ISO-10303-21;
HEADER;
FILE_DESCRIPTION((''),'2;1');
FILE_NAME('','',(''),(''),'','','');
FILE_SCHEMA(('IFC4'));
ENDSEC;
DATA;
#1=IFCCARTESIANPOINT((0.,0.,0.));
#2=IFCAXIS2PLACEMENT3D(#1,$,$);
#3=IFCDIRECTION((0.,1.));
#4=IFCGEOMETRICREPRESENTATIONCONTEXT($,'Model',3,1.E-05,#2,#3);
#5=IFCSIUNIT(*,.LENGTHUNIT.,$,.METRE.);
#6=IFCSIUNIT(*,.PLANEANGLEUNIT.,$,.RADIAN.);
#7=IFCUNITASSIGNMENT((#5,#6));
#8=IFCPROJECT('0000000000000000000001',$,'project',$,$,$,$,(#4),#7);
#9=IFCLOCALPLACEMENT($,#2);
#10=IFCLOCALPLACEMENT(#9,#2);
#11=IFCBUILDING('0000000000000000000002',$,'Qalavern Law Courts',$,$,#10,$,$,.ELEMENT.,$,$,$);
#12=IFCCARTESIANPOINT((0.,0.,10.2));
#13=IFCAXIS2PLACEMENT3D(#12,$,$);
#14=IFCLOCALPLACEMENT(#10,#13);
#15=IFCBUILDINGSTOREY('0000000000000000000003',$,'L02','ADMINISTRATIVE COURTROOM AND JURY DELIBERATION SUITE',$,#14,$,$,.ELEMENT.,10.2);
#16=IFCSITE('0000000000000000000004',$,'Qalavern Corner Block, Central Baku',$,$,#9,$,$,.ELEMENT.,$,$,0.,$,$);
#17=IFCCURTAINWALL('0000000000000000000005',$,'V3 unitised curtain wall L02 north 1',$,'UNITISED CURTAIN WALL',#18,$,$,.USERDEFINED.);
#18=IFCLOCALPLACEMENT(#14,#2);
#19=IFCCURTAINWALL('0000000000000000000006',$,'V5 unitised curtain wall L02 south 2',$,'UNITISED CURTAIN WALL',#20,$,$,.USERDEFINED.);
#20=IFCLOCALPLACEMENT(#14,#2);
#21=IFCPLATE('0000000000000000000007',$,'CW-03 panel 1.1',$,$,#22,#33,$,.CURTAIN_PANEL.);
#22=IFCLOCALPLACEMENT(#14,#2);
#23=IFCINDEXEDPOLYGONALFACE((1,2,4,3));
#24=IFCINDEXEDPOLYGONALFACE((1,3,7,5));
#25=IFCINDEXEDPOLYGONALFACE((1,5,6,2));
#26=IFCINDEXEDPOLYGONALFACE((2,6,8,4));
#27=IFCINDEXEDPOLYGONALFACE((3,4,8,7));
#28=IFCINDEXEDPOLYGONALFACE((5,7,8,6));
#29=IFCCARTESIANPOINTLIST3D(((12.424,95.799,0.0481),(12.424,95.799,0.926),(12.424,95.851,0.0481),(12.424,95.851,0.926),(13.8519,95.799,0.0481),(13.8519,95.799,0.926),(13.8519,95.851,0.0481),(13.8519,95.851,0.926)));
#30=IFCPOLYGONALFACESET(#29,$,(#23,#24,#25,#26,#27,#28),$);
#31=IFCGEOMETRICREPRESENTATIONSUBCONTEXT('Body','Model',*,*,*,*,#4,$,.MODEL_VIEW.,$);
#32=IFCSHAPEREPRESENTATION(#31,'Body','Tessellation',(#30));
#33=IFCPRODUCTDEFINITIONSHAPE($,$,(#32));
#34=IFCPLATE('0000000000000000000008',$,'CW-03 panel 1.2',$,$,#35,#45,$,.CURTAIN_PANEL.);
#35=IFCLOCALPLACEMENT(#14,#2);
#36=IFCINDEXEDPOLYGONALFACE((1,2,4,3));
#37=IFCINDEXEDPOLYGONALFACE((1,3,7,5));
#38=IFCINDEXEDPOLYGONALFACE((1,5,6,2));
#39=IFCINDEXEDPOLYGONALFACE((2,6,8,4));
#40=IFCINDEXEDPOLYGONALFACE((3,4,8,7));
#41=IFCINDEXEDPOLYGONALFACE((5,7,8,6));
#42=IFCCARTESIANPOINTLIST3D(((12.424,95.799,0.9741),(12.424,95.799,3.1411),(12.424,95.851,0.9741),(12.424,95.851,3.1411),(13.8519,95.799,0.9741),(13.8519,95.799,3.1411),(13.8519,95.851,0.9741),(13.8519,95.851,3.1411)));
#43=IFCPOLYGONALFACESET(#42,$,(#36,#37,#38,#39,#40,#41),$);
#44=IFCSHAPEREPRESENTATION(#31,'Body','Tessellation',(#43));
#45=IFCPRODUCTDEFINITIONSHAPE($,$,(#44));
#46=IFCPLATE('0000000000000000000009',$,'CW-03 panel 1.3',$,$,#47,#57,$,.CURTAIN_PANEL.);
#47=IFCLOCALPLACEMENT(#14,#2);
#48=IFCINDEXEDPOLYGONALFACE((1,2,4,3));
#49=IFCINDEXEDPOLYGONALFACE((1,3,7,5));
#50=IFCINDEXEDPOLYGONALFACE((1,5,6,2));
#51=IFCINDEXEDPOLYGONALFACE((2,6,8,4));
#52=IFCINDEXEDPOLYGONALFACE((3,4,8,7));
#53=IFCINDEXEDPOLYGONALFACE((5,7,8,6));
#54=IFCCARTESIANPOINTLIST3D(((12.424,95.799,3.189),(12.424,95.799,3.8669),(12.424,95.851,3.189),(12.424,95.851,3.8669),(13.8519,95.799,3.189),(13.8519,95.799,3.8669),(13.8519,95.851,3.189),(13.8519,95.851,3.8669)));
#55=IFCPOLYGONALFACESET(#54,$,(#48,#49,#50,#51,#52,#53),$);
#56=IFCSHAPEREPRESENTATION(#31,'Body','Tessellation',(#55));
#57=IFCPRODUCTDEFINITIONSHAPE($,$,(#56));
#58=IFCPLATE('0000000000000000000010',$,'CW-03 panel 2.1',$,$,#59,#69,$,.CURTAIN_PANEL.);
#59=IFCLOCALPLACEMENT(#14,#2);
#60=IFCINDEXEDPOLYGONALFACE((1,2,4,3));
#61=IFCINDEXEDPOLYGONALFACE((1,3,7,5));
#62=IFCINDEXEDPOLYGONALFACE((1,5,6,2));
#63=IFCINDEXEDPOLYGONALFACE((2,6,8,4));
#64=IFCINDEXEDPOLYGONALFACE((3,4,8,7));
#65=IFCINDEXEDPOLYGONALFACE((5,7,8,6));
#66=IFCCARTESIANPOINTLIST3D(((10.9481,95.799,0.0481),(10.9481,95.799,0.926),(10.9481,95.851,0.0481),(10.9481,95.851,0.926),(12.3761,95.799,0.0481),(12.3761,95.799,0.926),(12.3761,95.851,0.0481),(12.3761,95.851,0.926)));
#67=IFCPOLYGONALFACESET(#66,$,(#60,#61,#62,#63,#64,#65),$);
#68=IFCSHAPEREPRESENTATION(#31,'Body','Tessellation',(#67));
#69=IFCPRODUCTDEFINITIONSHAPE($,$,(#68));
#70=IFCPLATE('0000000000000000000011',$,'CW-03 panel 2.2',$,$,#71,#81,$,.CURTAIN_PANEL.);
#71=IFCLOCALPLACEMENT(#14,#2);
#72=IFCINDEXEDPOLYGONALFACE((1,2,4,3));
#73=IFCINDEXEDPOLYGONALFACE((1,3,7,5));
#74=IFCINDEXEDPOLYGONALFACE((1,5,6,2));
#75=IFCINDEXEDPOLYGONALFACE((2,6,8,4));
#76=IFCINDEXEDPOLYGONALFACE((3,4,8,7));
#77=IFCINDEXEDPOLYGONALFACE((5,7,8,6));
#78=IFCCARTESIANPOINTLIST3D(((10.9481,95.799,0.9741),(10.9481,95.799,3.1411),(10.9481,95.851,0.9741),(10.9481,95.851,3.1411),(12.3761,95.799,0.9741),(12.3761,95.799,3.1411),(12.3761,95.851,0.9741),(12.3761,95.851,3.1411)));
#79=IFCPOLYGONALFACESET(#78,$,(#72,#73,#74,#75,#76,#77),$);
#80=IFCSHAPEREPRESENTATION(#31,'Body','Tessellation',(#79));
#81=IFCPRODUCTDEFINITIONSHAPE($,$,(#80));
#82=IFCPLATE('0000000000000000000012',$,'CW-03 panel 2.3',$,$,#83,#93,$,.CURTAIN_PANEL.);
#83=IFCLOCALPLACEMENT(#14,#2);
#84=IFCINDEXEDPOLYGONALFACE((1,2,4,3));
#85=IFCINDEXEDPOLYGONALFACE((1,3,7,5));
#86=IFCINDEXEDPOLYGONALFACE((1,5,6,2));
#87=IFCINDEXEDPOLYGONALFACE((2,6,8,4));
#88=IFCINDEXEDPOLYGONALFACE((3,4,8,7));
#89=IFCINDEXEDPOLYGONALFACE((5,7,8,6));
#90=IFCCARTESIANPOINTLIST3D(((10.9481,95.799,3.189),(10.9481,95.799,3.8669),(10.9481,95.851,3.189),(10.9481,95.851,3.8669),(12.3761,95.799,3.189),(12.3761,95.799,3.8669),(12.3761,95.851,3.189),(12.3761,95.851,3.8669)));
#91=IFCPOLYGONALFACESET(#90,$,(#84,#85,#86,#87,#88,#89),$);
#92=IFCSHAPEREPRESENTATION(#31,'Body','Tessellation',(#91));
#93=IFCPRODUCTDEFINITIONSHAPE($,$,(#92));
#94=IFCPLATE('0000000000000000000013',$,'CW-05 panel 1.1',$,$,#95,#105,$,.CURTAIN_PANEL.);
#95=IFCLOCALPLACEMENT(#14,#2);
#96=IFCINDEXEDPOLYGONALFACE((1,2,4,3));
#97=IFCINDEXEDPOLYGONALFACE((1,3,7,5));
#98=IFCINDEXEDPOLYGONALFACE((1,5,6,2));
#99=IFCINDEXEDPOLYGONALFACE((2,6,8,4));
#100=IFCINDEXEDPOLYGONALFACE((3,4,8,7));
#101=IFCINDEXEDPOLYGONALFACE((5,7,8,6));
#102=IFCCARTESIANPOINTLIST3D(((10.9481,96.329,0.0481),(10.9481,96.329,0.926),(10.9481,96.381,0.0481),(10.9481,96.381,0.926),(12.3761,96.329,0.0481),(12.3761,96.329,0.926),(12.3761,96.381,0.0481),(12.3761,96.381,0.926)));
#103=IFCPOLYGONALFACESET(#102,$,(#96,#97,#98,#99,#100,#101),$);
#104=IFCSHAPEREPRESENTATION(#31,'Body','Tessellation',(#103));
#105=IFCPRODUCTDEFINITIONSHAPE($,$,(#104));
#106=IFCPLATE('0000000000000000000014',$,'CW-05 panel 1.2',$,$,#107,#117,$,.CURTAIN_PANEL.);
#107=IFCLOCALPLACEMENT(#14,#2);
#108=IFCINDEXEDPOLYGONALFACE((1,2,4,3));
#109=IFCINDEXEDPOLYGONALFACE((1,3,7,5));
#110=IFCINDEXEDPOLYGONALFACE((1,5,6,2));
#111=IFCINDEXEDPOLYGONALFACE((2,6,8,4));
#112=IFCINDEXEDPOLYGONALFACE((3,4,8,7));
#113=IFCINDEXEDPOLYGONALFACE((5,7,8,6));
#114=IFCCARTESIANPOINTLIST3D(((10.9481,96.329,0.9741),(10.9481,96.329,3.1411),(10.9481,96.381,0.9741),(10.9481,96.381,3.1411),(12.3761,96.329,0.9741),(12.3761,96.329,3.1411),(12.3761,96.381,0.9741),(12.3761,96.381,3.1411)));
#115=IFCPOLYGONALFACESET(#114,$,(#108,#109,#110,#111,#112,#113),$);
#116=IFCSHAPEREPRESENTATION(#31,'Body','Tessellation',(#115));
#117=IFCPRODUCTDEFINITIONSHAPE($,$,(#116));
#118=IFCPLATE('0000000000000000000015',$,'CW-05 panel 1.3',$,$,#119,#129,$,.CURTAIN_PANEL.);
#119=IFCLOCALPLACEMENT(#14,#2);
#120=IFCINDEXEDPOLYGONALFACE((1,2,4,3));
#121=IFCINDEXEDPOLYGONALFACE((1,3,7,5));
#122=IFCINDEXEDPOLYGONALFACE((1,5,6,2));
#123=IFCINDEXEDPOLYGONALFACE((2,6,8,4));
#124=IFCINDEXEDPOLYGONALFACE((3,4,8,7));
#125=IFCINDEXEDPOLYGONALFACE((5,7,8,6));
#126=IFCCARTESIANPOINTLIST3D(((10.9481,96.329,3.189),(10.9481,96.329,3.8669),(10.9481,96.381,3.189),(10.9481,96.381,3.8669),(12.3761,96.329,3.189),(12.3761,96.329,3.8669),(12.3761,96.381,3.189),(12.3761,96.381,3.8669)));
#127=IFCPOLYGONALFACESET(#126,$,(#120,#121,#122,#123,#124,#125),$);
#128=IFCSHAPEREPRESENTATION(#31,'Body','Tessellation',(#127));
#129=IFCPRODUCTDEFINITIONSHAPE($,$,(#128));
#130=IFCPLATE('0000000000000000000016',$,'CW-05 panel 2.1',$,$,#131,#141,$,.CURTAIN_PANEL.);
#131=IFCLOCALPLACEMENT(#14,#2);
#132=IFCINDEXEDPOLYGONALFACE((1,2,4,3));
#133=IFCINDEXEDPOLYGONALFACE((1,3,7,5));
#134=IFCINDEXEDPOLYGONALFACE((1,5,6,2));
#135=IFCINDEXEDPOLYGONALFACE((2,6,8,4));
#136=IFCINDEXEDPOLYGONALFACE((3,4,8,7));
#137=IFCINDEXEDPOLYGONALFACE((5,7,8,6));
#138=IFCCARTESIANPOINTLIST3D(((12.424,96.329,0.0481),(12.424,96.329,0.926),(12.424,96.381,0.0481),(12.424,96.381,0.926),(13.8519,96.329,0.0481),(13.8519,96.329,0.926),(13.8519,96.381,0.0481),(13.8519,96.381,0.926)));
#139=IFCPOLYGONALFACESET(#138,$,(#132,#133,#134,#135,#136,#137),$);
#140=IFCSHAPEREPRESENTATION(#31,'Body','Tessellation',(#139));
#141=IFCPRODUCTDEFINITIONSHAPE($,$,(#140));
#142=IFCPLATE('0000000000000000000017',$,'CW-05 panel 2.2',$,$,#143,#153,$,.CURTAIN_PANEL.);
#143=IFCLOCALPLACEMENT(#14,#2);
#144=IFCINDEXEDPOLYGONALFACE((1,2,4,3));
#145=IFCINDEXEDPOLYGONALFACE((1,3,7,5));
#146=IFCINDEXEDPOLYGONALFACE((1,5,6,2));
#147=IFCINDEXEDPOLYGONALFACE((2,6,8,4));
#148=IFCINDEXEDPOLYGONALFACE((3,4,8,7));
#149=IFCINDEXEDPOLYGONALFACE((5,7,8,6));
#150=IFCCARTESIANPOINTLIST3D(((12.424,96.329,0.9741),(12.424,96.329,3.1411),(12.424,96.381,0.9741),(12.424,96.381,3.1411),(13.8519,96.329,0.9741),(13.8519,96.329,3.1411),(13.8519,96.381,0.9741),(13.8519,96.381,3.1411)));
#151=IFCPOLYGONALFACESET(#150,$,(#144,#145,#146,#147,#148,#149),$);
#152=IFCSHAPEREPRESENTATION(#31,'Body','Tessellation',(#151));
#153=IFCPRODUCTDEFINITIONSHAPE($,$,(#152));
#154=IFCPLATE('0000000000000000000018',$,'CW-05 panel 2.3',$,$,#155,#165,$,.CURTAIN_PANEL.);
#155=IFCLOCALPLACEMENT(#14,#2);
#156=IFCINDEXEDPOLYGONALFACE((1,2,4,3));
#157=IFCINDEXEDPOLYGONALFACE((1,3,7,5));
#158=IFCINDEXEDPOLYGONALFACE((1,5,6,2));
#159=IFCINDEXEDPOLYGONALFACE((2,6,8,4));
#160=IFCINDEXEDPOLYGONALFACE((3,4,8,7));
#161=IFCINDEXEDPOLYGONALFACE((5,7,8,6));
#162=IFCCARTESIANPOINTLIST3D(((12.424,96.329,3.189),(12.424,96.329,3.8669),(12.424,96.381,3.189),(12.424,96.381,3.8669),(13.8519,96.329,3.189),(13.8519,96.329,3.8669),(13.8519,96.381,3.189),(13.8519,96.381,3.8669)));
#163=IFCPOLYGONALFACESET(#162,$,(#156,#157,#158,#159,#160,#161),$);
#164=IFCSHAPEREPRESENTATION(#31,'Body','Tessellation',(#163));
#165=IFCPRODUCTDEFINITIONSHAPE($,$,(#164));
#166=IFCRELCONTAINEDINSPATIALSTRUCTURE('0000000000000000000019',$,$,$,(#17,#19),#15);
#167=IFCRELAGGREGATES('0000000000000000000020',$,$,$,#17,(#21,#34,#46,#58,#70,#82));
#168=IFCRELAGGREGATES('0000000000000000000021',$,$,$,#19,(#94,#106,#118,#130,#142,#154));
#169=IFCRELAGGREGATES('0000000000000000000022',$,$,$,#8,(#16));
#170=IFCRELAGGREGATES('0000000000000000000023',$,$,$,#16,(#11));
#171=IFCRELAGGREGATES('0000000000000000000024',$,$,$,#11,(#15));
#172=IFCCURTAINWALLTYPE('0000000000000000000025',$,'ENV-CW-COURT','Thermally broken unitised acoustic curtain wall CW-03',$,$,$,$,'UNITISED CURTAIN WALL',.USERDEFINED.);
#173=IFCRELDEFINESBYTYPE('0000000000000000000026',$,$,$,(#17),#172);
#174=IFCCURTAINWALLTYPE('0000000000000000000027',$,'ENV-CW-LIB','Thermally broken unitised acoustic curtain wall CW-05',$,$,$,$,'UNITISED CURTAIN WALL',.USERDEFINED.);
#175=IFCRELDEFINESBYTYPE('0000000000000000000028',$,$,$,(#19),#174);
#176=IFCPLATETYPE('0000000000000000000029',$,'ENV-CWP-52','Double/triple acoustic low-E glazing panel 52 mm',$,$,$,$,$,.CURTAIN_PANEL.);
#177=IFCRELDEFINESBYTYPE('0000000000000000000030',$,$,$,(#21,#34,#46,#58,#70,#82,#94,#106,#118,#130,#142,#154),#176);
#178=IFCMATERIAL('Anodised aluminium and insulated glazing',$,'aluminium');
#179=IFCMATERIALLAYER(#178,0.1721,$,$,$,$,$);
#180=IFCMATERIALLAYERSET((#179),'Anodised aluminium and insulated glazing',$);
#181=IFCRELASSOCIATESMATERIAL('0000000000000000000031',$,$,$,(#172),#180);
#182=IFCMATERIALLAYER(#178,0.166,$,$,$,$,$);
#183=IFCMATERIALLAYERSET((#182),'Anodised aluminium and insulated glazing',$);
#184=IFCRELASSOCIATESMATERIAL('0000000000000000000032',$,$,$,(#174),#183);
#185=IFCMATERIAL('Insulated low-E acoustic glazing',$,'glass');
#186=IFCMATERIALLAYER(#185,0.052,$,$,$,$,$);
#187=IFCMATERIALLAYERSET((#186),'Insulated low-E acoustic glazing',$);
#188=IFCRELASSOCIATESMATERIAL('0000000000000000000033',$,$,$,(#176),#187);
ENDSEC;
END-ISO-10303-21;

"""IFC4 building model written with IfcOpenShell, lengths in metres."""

from ifc_helpers import new_model, si_unit, direction, frame, origin, origin_2d, place, context, subcontext, project, spatial, rectangle, extrude, material, layer, layer_set, type_object, element, aggregate, save


model = new_model("IFC4")

# Units and contexts
model_context = context("Model", 3, precision=1e-05, world=origin(), true_north=direction((0.0, 1.0)))
body_context = subcontext(model_context, "Body", "Model", "MODEL_VIEW")
ifc_project = project(units=[si_unit("LENGTHUNIT", "METRE"), si_unit("PLANEANGLEUNIT", "RADIAN")], contexts=[model_context])

# Site, building, storey
site_placement = place(None, origin())
site = spatial("IfcSite", under=ifc_project, at=site_placement, Name="Qalavern Corner Block, Central Baku", CompositionType="ELEMENT", RefElevation=0.0)
building_placement = place(site_placement, origin())
building = spatial("IfcBuilding", under=site, at=building_placement, Name="Qalavern Law Courts", CompositionType="ELEMENT")
storey_placement = place(building_placement, frame((0.0, 0.0, 10.2)))
storey = spatial("IfcBuildingStorey", under=building, at=storey_placement, Name="L02", Description="ADMINISTRATIVE COURTROOM AND JURY DELIBERATION SUITE", CompositionType="ELEMENT", Elevation=10.2)

# Curtain walls
ifc_material_1 = material(Name="Anodised aluminium and insulated glazing", Category="aluminium")
ifc_layer_1 = layer(ifc_material_1, 0.1721)
ifc_layer_set_1 = layer_set([ifc_layer_1], Name="Anodised aluminium and insulated glazing")
curtain_wall_type_1 = type_object("IfcCurtainWallType", Name="ENV-CW-COURT", Description="Thermally broken unitised acoustic curtain wall CW-03", ElementType="UNITISED CURTAIN WALL", PredefinedType="USERDEFINED", material=ifc_layer_set_1)
curtain_wall_1_placement = place(storey_placement, origin())
curtain_wall_1 = element("IfcCurtainWall", 1, at=curtain_wall_1_placement, inside=storey, type_object=curtain_wall_type_1, Name="V3 unitised curtain wall L02 north 1", ObjectType="UNITISED CURTAIN WALL", PredefinedType="USERDEFINED")
ifc_layer_2 = layer(ifc_material_1, 0.166)
ifc_layer_set_2 = layer_set([ifc_layer_2], Name="Anodised aluminium and insulated glazing")
curtain_wall_type_2 = type_object("IfcCurtainWallType", Name="ENV-CW-LIB", Description="Thermally broken unitised acoustic curtain wall CW-05", ElementType="UNITISED CURTAIN WALL", PredefinedType="USERDEFINED", material=ifc_layer_set_2)
curtain_wall_2_placement = place(storey_placement, origin())
curtain_wall_2 = element("IfcCurtainWall", 2, at=curtain_wall_2_placement, inside=storey, type_object=curtain_wall_type_2, Name="V5 unitised curtain wall L02 south 2", ObjectType="UNITISED CURTAIN WALL", PredefinedType="USERDEFINED")

# Plates
ifc_material_2 = material(Name="Insulated low-E acoustic glazing", Category="glass")
ifc_layer_3 = layer(ifc_material_2, 0.052)
ifc_layer_set_3 = layer_set([ifc_layer_3], Name="Insulated low-E acoustic glazing")
plate_type = type_object("IfcPlateType", Name="ENV-CWP-52", Description="Double/triple acoustic low-E glazing panel 52 mm", PredefinedType="CURTAIN_PANEL", material=ifc_layer_set_3)
plate_1_placement = place(storey_placement, frame((13.1379, 95.825, 0.0481), z_axis=(0.0, 0.0, 1.0), x_axis=(-1.0, 0.0, 0.0)))
plate_1 = element("IfcPlate", 3, at=plate_1_placement, type_object=plate_type, Name="CW-03 panel 1.1", PredefinedType="CURTAIN_PANEL", context=body_context, shape_type="SweptSolid", body=[
    extrude(rectangle(XDim=1.428, YDim=0.052, at=origin_2d()), origin(), (0.0, 0.0, 1.0), 0.8779),
])
plate_2_placement = place(storey_placement, frame((13.1379, 95.825, 0.9741), z_axis=(0.0, 0.0, 1.0), x_axis=(-1.0, 0.0, 0.0)))
plate_2 = element("IfcPlate", 4, at=plate_2_placement, type_object=plate_type, Name="CW-03 panel 1.2", PredefinedType="CURTAIN_PANEL", context=body_context, shape_type="SweptSolid", body=[
    extrude(rectangle(XDim=1.428, YDim=0.052, at=origin_2d()), origin(), (0.0, 0.0, 1.0), 2.167),
])
plate_3_placement = place(storey_placement, frame((13.1379, 95.825, 3.189), z_axis=(0.0, 0.0, 1.0), x_axis=(-1.0, 0.0, 0.0)))
plate_3 = element("IfcPlate", 5, at=plate_3_placement, type_object=plate_type, Name="CW-03 panel 1.3", PredefinedType="CURTAIN_PANEL", context=body_context, shape_type="SweptSolid", body=[
    extrude(rectangle(XDim=1.428, YDim=0.052, at=origin_2d()), origin(), (0.0, 0.0, 1.0), 0.678),
])
plate_4_placement = place(storey_placement, frame((11.6621, 95.825, 0.0481), z_axis=(0.0, 0.0, 1.0), x_axis=(-1.0, 0.0, 0.0)))
plate_4 = element("IfcPlate", 6, at=plate_4_placement, type_object=plate_type, Name="CW-03 panel 2.1", PredefinedType="CURTAIN_PANEL", context=body_context, shape_type="SweptSolid", body=[
    extrude(rectangle(XDim=1.428, YDim=0.052, at=origin_2d()), origin(), (0.0, 0.0, 1.0), 0.8779),
])
plate_5_placement = place(storey_placement, frame((11.6621, 95.825, 0.9741), z_axis=(0.0, 0.0, 1.0), x_axis=(-1.0, 0.0, 0.0)))
plate_5 = element("IfcPlate", 7, at=plate_5_placement, type_object=plate_type, Name="CW-03 panel 2.2", PredefinedType="CURTAIN_PANEL", context=body_context, shape_type="SweptSolid", body=[
    extrude(rectangle(XDim=1.428, YDim=0.052, at=origin_2d()), origin(), (0.0, 0.0, 1.0), 2.167),
])
plate_6_placement = place(storey_placement, frame((11.6621, 95.825, 3.189), z_axis=(0.0, 0.0, 1.0), x_axis=(-1.0, 0.0, 0.0)))
plate_6 = element("IfcPlate", 8, at=plate_6_placement, type_object=plate_type, Name="CW-03 panel 2.3", PredefinedType="CURTAIN_PANEL", context=body_context, shape_type="SweptSolid", body=[
    extrude(rectangle(XDim=1.428, YDim=0.052, at=origin_2d()), origin(), (0.0, 0.0, 1.0), 0.678),
])
aggregate(curtain_wall_1, [plate_1, plate_2, plate_3, plate_4, plate_5, plate_6])
plate_7_placement = place(storey_placement, frame((11.6621, 96.355, 0.0481), z_axis=(0.0, 0.0, 1.0), x_axis=(1.0, 0.0, 0.0)))
plate_7 = element("IfcPlate", 9, at=plate_7_placement, type_object=plate_type, Name="CW-05 panel 1.1", PredefinedType="CURTAIN_PANEL", context=body_context, shape_type="SweptSolid", body=[
    extrude(rectangle(XDim=1.428, YDim=0.052, at=origin_2d()), origin(), (0.0, 0.0, 1.0), 0.8779),
])
plate_8_placement = place(storey_placement, frame((11.6621, 96.355, 0.9741), z_axis=(0.0, 0.0, 1.0), x_axis=(1.0, 0.0, 0.0)))
plate_8 = element("IfcPlate", 10, at=plate_8_placement, type_object=plate_type, Name="CW-05 panel 1.2", PredefinedType="CURTAIN_PANEL", context=body_context, shape_type="SweptSolid", body=[
    extrude(rectangle(XDim=1.428, YDim=0.052, at=origin_2d()), origin(), (0.0, 0.0, 1.0), 2.167),
])
plate_9_placement = place(storey_placement, frame((11.6621, 96.355, 3.189), z_axis=(0.0, 0.0, 1.0), x_axis=(1.0, 0.0, 0.0)))
plate_9 = element("IfcPlate", 11, at=plate_9_placement, type_object=plate_type, Name="CW-05 panel 1.3", PredefinedType="CURTAIN_PANEL", context=body_context, shape_type="SweptSolid", body=[
    extrude(rectangle(XDim=1.428, YDim=0.052, at=origin_2d()), origin(), (0.0, 0.0, 1.0), 0.678),
])
plate_10_placement = place(storey_placement, frame((13.1379, 96.355, 0.0481), z_axis=(0.0, 0.0, 1.0), x_axis=(1.0, 0.0, 0.0)))
plate_10 = element("IfcPlate", 12, at=plate_10_placement, type_object=plate_type, Name="CW-05 panel 2.1", PredefinedType="CURTAIN_PANEL", context=body_context, shape_type="SweptSolid", body=[
    extrude(rectangle(XDim=1.428, YDim=0.052, at=origin_2d()), origin(), (0.0, 0.0, 1.0), 0.8779),
])
plate_11_placement = place(storey_placement, frame((13.1379, 96.355, 0.9741), z_axis=(0.0, 0.0, 1.0), x_axis=(1.0, 0.0, 0.0)))
plate_11 = element("IfcPlate", 13, at=plate_11_placement, type_object=plate_type, Name="CW-05 panel 2.2", PredefinedType="CURTAIN_PANEL", context=body_context, shape_type="SweptSolid", body=[
    extrude(rectangle(XDim=1.428, YDim=0.052, at=origin_2d()), origin(), (0.0, 0.0, 1.0), 2.167),
])
plate_12_placement = place(storey_placement, frame((13.1379, 96.355, 3.189), z_axis=(0.0, 0.0, 1.0), x_axis=(1.0, 0.0, 0.0)))
plate_12 = element("IfcPlate", 14, at=plate_12_placement, type_object=plate_type, Name="CW-05 panel 2.3", PredefinedType="CURTAIN_PANEL", context=body_context, shape_type="SweptSolid", body=[
    extrude(rectangle(XDim=1.428, YDim=0.052, at=origin_2d()), origin(), (0.0, 0.0, 1.0), 0.678),
])
aggregate(curtain_wall_2, [plate_7, plate_8, plate_9, plate_10, plate_11, plate_12])

save(model, "model.ifc")
